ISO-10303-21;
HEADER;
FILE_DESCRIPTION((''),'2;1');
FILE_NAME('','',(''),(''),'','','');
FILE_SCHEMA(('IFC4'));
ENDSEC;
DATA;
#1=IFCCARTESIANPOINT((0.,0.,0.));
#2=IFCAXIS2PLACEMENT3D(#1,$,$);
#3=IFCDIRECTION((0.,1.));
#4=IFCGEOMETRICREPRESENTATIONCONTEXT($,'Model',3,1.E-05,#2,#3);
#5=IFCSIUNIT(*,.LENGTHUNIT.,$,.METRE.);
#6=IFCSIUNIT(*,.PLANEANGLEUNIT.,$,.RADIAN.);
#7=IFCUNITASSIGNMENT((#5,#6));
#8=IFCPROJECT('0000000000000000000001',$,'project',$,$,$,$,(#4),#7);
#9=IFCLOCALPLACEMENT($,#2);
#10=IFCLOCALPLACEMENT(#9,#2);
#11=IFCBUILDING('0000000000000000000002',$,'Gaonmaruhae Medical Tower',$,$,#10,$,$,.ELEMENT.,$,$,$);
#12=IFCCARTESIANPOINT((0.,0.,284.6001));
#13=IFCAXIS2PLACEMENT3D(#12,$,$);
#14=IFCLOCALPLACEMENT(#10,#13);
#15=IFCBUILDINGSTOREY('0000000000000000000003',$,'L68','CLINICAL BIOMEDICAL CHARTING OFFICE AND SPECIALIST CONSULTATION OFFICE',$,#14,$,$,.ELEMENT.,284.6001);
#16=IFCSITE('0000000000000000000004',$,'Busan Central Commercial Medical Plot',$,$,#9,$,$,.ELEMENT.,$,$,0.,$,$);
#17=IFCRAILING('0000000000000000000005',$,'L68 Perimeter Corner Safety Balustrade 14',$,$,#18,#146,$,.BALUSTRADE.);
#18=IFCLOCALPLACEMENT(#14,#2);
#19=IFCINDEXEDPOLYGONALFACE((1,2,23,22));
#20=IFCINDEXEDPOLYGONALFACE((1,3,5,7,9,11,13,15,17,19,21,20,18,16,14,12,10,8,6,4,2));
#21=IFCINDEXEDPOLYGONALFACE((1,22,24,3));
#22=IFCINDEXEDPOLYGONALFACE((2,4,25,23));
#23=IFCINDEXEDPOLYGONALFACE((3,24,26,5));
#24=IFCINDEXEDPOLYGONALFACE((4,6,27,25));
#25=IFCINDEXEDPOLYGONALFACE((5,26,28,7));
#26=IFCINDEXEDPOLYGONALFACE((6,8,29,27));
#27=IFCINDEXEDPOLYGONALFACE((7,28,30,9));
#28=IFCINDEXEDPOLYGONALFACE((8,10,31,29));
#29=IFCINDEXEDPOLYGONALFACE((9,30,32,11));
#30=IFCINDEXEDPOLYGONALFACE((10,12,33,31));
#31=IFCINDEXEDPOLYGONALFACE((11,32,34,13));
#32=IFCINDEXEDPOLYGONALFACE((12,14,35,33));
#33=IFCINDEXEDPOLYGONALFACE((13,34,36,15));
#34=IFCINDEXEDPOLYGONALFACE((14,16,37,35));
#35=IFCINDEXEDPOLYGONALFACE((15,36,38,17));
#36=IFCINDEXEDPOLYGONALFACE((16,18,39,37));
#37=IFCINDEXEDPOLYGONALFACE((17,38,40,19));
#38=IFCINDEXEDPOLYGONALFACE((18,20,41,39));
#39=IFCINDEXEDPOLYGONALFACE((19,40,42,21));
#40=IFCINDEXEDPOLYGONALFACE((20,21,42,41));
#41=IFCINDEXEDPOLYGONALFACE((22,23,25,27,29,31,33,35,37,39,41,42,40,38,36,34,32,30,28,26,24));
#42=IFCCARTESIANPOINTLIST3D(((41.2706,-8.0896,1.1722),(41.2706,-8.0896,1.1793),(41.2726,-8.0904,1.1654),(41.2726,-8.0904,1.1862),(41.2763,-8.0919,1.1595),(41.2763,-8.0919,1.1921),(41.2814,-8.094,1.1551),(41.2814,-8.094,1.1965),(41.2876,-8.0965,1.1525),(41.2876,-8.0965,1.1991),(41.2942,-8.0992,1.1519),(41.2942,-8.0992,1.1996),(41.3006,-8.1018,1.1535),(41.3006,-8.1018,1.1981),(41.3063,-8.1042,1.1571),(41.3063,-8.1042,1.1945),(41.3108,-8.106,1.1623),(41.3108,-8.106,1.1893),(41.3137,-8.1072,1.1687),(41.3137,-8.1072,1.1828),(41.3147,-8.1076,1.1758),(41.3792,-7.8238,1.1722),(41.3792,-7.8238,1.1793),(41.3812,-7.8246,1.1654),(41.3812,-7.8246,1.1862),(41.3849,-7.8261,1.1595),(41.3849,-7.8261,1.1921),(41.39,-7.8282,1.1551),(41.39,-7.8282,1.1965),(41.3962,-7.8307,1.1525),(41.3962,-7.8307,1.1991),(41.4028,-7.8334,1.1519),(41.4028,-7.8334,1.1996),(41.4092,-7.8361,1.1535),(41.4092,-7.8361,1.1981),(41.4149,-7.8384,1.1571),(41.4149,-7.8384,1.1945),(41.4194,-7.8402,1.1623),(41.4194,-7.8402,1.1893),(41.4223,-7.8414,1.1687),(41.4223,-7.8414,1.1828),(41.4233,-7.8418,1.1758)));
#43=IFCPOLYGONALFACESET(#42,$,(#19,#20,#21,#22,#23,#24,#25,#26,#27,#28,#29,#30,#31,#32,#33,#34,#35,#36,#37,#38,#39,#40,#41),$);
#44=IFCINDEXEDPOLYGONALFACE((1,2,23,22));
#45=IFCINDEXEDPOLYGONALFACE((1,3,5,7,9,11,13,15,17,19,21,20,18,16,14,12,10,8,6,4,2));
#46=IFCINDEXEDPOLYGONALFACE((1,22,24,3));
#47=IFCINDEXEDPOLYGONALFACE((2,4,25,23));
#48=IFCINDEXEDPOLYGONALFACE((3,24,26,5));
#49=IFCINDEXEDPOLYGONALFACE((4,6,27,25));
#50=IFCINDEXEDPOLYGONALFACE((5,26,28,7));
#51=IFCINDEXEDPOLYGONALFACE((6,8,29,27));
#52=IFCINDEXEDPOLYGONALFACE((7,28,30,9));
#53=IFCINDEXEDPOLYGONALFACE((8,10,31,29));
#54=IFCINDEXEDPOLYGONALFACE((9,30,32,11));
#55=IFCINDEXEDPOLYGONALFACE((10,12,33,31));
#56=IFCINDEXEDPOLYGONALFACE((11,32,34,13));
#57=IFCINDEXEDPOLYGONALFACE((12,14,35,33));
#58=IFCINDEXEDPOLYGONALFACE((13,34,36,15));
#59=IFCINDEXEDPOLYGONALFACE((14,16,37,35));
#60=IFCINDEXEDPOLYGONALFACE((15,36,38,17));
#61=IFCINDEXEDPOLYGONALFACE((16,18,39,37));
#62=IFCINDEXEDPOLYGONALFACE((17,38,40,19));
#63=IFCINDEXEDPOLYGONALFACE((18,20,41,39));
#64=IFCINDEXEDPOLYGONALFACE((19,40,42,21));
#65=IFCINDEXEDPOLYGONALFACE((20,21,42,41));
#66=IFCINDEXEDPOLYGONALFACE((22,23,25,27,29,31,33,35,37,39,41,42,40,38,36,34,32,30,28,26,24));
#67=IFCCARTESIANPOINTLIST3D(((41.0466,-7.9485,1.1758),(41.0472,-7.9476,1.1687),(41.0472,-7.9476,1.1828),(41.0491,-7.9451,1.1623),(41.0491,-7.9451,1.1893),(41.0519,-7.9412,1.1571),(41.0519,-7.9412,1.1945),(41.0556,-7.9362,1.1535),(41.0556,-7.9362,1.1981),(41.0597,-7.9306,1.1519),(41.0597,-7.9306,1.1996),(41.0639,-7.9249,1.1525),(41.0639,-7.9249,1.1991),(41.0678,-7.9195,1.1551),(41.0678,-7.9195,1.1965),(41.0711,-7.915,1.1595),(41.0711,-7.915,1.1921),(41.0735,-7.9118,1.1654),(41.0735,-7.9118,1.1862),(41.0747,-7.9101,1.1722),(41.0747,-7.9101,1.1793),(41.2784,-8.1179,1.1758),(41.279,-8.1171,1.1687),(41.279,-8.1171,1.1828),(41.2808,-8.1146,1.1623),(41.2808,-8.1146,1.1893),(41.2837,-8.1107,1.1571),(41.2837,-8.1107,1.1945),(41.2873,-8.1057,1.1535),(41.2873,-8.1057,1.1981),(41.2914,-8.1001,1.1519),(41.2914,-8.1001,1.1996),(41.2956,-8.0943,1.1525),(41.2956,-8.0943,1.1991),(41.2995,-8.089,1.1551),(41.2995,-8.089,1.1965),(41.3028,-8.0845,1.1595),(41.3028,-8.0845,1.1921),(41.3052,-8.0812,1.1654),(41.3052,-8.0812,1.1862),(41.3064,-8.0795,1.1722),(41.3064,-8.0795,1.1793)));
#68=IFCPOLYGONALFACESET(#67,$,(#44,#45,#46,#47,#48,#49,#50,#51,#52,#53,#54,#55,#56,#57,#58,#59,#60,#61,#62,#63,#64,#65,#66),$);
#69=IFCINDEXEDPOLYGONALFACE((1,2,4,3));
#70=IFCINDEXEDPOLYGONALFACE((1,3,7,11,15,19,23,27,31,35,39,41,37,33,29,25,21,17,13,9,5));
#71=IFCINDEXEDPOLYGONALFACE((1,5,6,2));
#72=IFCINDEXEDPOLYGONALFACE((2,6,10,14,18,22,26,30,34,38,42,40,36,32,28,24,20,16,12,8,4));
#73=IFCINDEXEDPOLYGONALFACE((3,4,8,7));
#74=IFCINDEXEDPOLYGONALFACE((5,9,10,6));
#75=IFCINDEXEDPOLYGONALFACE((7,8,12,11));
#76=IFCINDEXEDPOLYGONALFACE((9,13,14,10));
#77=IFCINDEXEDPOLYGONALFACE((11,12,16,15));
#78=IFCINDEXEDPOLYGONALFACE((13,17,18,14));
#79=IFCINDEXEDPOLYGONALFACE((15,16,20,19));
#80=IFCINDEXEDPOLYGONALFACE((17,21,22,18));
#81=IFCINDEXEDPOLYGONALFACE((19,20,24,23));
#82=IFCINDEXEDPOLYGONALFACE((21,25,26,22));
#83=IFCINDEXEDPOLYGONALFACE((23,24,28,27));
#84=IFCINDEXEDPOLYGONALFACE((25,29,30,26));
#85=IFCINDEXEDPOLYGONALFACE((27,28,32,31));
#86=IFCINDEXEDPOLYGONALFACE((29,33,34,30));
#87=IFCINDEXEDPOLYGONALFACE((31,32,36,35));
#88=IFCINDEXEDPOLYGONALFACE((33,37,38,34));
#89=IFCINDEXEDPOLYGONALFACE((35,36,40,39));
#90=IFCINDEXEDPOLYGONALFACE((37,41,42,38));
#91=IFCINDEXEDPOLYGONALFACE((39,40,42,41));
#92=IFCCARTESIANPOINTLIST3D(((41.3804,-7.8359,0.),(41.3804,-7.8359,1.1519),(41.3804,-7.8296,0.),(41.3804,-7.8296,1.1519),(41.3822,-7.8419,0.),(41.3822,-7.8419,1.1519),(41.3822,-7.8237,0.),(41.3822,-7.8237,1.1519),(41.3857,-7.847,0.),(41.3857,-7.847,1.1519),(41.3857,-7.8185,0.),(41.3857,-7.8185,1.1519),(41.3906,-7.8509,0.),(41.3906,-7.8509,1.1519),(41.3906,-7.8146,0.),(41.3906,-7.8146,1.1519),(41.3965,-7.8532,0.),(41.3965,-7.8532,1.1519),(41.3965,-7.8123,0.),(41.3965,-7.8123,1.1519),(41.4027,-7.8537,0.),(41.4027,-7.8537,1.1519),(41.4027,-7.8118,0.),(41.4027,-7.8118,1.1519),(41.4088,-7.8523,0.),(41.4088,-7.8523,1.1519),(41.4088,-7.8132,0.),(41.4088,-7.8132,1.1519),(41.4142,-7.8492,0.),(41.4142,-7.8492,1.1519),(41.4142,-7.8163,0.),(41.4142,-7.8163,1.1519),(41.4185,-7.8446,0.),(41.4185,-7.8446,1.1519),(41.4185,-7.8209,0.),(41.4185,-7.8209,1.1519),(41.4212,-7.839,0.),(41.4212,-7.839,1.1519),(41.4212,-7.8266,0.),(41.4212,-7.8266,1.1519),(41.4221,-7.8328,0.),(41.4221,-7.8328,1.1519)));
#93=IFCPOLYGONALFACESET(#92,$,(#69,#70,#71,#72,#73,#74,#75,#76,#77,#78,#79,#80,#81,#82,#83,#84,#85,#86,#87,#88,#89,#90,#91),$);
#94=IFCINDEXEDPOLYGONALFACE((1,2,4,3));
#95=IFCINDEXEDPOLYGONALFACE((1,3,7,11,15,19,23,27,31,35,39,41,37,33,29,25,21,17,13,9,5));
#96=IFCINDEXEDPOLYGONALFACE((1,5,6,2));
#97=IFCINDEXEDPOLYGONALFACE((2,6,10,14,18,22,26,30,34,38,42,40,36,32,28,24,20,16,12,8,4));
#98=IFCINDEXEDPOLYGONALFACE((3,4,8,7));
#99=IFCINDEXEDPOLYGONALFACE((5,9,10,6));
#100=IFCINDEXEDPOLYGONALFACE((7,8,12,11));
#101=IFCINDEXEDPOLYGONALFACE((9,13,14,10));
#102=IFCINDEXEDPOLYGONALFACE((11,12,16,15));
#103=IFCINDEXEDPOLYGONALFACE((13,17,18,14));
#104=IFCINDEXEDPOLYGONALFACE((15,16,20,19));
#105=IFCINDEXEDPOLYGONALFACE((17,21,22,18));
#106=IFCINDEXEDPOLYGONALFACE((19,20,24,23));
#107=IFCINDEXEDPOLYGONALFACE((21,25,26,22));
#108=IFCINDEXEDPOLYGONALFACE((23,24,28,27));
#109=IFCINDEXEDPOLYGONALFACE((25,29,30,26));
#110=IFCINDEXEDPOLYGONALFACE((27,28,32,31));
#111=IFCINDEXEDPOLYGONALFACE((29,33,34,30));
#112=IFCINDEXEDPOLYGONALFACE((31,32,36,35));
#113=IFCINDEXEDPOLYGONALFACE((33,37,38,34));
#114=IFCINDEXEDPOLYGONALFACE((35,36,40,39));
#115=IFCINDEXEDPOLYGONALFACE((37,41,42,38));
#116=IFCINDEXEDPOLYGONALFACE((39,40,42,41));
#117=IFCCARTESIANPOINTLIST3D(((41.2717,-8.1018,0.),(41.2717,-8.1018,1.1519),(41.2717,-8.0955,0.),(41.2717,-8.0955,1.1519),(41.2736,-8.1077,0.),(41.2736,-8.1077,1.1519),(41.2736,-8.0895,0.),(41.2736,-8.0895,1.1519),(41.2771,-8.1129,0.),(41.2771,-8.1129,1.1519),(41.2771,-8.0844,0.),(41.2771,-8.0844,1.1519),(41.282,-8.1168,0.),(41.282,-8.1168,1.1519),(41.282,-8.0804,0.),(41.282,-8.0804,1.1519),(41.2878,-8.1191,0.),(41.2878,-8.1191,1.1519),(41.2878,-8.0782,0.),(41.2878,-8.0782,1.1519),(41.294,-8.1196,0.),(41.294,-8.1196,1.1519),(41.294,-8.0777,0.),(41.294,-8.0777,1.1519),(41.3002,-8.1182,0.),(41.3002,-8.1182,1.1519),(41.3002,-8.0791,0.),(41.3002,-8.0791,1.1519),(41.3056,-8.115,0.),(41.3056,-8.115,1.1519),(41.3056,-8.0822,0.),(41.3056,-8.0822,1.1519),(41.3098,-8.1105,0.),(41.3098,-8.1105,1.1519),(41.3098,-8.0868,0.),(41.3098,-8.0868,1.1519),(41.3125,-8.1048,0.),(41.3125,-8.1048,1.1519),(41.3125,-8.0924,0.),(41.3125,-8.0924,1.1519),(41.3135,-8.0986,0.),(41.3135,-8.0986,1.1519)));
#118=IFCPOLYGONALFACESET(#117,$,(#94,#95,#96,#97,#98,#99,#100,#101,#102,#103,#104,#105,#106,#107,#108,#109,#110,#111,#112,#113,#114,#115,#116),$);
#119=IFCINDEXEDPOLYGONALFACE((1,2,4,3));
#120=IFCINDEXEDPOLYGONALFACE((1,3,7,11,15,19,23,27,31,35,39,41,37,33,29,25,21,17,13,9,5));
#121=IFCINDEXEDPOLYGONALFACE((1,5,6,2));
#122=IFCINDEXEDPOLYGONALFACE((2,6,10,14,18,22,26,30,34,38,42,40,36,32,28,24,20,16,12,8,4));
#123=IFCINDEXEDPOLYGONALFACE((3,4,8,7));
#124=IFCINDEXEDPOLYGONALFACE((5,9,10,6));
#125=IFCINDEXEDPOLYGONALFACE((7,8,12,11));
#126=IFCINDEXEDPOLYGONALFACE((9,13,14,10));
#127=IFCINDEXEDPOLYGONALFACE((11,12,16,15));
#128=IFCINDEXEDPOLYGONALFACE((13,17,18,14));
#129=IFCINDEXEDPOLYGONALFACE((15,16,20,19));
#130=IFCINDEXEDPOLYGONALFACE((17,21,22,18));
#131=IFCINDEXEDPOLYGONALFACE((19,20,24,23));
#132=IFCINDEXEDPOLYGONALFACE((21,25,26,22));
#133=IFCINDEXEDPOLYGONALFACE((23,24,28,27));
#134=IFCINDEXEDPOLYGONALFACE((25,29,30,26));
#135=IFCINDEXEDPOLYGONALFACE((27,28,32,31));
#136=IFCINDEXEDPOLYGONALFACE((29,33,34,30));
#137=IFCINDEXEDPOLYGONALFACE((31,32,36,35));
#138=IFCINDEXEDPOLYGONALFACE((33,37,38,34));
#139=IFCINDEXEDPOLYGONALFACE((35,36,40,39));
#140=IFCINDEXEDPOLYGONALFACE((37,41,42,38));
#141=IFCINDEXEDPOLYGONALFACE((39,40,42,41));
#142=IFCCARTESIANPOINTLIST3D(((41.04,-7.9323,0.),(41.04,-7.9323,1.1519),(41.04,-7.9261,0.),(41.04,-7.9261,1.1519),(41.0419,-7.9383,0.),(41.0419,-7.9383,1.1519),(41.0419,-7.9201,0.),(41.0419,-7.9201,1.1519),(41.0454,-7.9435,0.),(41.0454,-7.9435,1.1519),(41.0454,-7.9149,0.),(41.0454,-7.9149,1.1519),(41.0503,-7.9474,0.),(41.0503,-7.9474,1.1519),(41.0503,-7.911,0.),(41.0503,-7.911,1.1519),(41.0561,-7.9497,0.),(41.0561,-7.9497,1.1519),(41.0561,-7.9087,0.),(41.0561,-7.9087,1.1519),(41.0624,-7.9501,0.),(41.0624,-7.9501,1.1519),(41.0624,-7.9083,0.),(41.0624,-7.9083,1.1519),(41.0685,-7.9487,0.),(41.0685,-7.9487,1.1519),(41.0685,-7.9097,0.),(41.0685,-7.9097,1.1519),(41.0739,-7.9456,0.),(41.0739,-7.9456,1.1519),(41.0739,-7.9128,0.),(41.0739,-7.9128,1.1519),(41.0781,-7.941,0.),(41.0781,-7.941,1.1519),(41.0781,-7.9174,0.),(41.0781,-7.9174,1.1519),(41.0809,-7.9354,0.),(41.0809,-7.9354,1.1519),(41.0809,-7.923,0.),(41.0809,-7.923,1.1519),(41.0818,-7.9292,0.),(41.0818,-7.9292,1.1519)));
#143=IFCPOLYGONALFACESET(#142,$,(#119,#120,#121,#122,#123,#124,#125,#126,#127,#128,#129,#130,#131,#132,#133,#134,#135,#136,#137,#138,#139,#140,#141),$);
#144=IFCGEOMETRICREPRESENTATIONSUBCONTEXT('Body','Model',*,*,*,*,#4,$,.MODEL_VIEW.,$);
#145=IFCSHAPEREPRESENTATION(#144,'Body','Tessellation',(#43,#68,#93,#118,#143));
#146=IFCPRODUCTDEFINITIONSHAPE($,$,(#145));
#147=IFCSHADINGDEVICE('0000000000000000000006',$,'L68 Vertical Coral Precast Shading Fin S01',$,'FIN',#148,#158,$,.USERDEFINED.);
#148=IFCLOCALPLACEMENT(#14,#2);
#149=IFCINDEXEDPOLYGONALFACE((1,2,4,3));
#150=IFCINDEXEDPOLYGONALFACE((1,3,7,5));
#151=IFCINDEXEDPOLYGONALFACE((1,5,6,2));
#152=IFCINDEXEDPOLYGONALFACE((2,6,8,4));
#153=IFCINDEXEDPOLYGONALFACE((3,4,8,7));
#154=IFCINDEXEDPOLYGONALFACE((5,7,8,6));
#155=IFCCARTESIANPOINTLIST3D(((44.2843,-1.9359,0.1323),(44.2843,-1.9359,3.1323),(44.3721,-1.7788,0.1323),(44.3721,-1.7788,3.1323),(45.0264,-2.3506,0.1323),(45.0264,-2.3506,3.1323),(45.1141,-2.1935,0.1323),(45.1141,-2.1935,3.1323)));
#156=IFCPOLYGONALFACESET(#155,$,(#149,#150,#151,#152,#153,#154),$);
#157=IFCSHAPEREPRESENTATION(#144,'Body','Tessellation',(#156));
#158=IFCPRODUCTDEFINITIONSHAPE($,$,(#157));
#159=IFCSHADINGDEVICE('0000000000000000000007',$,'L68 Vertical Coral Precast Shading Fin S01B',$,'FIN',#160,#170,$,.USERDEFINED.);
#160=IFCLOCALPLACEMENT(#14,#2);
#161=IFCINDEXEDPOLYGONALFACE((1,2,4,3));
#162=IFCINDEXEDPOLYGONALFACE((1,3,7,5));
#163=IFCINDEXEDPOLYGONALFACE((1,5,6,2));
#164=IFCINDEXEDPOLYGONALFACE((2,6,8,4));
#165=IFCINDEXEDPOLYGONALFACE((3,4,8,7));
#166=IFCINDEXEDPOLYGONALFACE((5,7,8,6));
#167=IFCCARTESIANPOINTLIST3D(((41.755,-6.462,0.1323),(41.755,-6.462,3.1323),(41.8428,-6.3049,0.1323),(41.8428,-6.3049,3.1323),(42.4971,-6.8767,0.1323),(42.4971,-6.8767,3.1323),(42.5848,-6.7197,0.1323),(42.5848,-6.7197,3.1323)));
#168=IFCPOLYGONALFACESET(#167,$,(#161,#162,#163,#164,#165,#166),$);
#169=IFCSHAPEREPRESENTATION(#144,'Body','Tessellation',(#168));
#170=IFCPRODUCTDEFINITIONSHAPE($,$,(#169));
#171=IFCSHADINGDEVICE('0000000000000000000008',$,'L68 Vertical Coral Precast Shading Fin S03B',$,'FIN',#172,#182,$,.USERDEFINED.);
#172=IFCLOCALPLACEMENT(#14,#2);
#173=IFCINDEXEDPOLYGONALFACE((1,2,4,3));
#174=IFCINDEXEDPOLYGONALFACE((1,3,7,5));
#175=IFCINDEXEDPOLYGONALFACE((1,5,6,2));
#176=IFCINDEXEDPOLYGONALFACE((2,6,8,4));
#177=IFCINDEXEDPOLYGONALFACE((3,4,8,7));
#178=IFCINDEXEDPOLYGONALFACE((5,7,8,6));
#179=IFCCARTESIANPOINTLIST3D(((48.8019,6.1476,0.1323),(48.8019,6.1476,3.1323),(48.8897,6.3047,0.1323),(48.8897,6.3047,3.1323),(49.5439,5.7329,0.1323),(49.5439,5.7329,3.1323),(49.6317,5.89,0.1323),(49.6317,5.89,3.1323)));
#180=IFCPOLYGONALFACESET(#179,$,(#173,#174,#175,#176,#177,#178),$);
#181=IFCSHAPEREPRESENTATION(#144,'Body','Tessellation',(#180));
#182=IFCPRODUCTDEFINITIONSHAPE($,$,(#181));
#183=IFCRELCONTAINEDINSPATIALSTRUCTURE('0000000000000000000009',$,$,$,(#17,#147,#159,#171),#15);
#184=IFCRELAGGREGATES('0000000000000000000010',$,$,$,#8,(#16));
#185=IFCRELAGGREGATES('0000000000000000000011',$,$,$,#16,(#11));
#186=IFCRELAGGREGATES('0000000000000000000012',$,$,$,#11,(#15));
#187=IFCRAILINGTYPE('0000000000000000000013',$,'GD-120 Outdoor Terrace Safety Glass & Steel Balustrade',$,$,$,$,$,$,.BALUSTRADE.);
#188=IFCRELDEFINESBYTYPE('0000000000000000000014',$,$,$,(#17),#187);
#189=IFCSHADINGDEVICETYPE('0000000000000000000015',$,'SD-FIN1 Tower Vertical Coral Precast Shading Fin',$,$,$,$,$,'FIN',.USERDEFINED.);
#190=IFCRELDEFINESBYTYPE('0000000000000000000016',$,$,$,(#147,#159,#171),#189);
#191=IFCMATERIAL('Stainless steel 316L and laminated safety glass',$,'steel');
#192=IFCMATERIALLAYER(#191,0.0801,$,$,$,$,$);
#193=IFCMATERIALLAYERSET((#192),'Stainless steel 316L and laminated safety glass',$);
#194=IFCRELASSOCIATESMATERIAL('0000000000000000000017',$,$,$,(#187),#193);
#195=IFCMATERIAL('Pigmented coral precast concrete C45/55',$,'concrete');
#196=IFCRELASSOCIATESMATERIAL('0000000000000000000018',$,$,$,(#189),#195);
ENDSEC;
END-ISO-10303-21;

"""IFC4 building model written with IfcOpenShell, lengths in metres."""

from ifc_helpers import new_model, si_unit, direction, frame, origin, origin_2d, place, context, subcontext, project, spatial, rectangle, circle, extrude, material, layer, layer_set, type_object, element, save


model = new_model("IFC4")

# Units and contexts
model_context = context("Model", 3, precision=1e-05, world=origin(), true_north=direction((0.0, 1.0)))
body_context = subcontext(model_context, "Body", "Model", "MODEL_VIEW")
ifc_project = project(units=[si_unit("LENGTHUNIT", "METRE"), si_unit("PLANEANGLEUNIT", "RADIAN")], contexts=[model_context])

# Site, building, storey
site_placement = place(None, origin())
site = spatial("IfcSite", under=ifc_project, at=site_placement, Name="Busan Central Commercial Medical Plot", CompositionType="ELEMENT", RefElevation=0.0)
building_placement = place(site_placement, origin())
building = spatial("IfcBuilding", under=site, at=building_placement, Name="Gaonmaruhae Medical Tower", CompositionType="ELEMENT")
storey_placement = place(building_placement, frame((0.0, 0.0, 284.6001)))
storey = spatial("IfcBuildingStorey", under=building, at=storey_placement, Name="L68", Description="CLINICAL BIOMEDICAL CHARTING OFFICE AND SPECIALIST CONSULTATION OFFICE", CompositionType="ELEMENT", Elevation=284.6001)

# Railing
ifc_material_1 = material(Name="Stainless steel 316L and laminated safety glass", Category="steel")
ifc_layer_1 = layer(ifc_material_1, 0.0801)
ifc_layer_set_1 = layer_set([ifc_layer_1], Name="Stainless steel 316L and laminated safety glass")
railing_type = type_object("IfcRailingType", Name="GD-120 Outdoor Terrace Safety Glass & Steel Balustrade", PredefinedType="BALUSTRADE", material=ifc_layer_set_1)
railing_1_placement = place(storey_placement, frame((41.4011, -7.8328, 0.0)))
element("IfcRailing", 1, at=railing_1_placement, inside=storey, type_object=railing_type, Name="L68 Perimeter Corner Safety Balustrade 14", PredefinedType="BALUSTRADE", context=body_context, shape_type="SweptSolid", body=[
    extrude(circle(Radius=0.0239, at=origin_2d()), frame((0.0, 0.0, 1.1758), z_axis=(-0.378269, -0.925696, 0.0), x_axis=(0.925696, -0.378269, 0.0)), (0.0, 0.0, 1.0), 0.2871),
    extrude(circle(Radius=0.0239, at=origin_2d()), frame((-0.1086, -0.2659, 1.1758), z_axis=(-0.807188, 0.590294, 0.0), x_axis=(-0.590294, -0.807188, 0.0)), (0.0, 0.0, 1.0), 0.2871),
    extrude(circle(Radius=0.021, at=origin_2d()), origin(), (0.0, 0.0, 1.0), 1.1519),
    extrude(circle(Radius=0.021, at=origin_2d()), frame((-0.1086, -0.2659, 0.0)), (0.0, 0.0, 1.0), 1.1519),
    extrude(circle(Radius=0.021, at=origin_2d()), frame((-0.3403, -0.0964, 0.0)), (0.0, 0.0, 1.0), 1.1519),
])

# Shading devices
ifc_material_2 = material(Name="Pigmented coral precast concrete C45/55", Category="concrete")
shading_device_type = type_object("IfcShadingDeviceType", Name="SD-FIN1 Tower Vertical Coral Precast Shading Fin", ElementType="FIN", PredefinedType="USERDEFINED", material=ifc_material_2)
for number, where, z_axis, x_axis, name in (
    (2, (44.6992, -2.0647, 0.1323), (0.0, 0.0, 1.0), (-0.48786, -0.872922, 0.0), "L68 Vertical Coral Precast Shading Fin S01"),
    (3, (42.1699, -6.5908, 0.1323), (0.0, 0.0, 1.0), (-0.48786, -0.872922, 0.0), "L68 Vertical Coral Precast Shading Fin S01B"),
    (4, (49.2168, 6.0188, 0.1323), (0.0, 0.0, 1.0), (-0.48786, -0.872922, 0.0), "L68 Vertical Coral Precast Shading Fin S03B"),
):
    element("IfcShadingDevice", number, at=place(storey_placement, frame(where, z_axis=z_axis, x_axis=x_axis)), inside=storey, type_object=shading_device_type, Name=name, ObjectType="FIN", PredefinedType="USERDEFINED", context=body_context, shape_type="SweptSolid", body=[
        extrude(rectangle(XDim=0.1799, YDim=0.8501, at=origin_2d()), origin(), (0.0, 0.0, 1.0), 3.0),
    ])

save(model, "model.ifc")
